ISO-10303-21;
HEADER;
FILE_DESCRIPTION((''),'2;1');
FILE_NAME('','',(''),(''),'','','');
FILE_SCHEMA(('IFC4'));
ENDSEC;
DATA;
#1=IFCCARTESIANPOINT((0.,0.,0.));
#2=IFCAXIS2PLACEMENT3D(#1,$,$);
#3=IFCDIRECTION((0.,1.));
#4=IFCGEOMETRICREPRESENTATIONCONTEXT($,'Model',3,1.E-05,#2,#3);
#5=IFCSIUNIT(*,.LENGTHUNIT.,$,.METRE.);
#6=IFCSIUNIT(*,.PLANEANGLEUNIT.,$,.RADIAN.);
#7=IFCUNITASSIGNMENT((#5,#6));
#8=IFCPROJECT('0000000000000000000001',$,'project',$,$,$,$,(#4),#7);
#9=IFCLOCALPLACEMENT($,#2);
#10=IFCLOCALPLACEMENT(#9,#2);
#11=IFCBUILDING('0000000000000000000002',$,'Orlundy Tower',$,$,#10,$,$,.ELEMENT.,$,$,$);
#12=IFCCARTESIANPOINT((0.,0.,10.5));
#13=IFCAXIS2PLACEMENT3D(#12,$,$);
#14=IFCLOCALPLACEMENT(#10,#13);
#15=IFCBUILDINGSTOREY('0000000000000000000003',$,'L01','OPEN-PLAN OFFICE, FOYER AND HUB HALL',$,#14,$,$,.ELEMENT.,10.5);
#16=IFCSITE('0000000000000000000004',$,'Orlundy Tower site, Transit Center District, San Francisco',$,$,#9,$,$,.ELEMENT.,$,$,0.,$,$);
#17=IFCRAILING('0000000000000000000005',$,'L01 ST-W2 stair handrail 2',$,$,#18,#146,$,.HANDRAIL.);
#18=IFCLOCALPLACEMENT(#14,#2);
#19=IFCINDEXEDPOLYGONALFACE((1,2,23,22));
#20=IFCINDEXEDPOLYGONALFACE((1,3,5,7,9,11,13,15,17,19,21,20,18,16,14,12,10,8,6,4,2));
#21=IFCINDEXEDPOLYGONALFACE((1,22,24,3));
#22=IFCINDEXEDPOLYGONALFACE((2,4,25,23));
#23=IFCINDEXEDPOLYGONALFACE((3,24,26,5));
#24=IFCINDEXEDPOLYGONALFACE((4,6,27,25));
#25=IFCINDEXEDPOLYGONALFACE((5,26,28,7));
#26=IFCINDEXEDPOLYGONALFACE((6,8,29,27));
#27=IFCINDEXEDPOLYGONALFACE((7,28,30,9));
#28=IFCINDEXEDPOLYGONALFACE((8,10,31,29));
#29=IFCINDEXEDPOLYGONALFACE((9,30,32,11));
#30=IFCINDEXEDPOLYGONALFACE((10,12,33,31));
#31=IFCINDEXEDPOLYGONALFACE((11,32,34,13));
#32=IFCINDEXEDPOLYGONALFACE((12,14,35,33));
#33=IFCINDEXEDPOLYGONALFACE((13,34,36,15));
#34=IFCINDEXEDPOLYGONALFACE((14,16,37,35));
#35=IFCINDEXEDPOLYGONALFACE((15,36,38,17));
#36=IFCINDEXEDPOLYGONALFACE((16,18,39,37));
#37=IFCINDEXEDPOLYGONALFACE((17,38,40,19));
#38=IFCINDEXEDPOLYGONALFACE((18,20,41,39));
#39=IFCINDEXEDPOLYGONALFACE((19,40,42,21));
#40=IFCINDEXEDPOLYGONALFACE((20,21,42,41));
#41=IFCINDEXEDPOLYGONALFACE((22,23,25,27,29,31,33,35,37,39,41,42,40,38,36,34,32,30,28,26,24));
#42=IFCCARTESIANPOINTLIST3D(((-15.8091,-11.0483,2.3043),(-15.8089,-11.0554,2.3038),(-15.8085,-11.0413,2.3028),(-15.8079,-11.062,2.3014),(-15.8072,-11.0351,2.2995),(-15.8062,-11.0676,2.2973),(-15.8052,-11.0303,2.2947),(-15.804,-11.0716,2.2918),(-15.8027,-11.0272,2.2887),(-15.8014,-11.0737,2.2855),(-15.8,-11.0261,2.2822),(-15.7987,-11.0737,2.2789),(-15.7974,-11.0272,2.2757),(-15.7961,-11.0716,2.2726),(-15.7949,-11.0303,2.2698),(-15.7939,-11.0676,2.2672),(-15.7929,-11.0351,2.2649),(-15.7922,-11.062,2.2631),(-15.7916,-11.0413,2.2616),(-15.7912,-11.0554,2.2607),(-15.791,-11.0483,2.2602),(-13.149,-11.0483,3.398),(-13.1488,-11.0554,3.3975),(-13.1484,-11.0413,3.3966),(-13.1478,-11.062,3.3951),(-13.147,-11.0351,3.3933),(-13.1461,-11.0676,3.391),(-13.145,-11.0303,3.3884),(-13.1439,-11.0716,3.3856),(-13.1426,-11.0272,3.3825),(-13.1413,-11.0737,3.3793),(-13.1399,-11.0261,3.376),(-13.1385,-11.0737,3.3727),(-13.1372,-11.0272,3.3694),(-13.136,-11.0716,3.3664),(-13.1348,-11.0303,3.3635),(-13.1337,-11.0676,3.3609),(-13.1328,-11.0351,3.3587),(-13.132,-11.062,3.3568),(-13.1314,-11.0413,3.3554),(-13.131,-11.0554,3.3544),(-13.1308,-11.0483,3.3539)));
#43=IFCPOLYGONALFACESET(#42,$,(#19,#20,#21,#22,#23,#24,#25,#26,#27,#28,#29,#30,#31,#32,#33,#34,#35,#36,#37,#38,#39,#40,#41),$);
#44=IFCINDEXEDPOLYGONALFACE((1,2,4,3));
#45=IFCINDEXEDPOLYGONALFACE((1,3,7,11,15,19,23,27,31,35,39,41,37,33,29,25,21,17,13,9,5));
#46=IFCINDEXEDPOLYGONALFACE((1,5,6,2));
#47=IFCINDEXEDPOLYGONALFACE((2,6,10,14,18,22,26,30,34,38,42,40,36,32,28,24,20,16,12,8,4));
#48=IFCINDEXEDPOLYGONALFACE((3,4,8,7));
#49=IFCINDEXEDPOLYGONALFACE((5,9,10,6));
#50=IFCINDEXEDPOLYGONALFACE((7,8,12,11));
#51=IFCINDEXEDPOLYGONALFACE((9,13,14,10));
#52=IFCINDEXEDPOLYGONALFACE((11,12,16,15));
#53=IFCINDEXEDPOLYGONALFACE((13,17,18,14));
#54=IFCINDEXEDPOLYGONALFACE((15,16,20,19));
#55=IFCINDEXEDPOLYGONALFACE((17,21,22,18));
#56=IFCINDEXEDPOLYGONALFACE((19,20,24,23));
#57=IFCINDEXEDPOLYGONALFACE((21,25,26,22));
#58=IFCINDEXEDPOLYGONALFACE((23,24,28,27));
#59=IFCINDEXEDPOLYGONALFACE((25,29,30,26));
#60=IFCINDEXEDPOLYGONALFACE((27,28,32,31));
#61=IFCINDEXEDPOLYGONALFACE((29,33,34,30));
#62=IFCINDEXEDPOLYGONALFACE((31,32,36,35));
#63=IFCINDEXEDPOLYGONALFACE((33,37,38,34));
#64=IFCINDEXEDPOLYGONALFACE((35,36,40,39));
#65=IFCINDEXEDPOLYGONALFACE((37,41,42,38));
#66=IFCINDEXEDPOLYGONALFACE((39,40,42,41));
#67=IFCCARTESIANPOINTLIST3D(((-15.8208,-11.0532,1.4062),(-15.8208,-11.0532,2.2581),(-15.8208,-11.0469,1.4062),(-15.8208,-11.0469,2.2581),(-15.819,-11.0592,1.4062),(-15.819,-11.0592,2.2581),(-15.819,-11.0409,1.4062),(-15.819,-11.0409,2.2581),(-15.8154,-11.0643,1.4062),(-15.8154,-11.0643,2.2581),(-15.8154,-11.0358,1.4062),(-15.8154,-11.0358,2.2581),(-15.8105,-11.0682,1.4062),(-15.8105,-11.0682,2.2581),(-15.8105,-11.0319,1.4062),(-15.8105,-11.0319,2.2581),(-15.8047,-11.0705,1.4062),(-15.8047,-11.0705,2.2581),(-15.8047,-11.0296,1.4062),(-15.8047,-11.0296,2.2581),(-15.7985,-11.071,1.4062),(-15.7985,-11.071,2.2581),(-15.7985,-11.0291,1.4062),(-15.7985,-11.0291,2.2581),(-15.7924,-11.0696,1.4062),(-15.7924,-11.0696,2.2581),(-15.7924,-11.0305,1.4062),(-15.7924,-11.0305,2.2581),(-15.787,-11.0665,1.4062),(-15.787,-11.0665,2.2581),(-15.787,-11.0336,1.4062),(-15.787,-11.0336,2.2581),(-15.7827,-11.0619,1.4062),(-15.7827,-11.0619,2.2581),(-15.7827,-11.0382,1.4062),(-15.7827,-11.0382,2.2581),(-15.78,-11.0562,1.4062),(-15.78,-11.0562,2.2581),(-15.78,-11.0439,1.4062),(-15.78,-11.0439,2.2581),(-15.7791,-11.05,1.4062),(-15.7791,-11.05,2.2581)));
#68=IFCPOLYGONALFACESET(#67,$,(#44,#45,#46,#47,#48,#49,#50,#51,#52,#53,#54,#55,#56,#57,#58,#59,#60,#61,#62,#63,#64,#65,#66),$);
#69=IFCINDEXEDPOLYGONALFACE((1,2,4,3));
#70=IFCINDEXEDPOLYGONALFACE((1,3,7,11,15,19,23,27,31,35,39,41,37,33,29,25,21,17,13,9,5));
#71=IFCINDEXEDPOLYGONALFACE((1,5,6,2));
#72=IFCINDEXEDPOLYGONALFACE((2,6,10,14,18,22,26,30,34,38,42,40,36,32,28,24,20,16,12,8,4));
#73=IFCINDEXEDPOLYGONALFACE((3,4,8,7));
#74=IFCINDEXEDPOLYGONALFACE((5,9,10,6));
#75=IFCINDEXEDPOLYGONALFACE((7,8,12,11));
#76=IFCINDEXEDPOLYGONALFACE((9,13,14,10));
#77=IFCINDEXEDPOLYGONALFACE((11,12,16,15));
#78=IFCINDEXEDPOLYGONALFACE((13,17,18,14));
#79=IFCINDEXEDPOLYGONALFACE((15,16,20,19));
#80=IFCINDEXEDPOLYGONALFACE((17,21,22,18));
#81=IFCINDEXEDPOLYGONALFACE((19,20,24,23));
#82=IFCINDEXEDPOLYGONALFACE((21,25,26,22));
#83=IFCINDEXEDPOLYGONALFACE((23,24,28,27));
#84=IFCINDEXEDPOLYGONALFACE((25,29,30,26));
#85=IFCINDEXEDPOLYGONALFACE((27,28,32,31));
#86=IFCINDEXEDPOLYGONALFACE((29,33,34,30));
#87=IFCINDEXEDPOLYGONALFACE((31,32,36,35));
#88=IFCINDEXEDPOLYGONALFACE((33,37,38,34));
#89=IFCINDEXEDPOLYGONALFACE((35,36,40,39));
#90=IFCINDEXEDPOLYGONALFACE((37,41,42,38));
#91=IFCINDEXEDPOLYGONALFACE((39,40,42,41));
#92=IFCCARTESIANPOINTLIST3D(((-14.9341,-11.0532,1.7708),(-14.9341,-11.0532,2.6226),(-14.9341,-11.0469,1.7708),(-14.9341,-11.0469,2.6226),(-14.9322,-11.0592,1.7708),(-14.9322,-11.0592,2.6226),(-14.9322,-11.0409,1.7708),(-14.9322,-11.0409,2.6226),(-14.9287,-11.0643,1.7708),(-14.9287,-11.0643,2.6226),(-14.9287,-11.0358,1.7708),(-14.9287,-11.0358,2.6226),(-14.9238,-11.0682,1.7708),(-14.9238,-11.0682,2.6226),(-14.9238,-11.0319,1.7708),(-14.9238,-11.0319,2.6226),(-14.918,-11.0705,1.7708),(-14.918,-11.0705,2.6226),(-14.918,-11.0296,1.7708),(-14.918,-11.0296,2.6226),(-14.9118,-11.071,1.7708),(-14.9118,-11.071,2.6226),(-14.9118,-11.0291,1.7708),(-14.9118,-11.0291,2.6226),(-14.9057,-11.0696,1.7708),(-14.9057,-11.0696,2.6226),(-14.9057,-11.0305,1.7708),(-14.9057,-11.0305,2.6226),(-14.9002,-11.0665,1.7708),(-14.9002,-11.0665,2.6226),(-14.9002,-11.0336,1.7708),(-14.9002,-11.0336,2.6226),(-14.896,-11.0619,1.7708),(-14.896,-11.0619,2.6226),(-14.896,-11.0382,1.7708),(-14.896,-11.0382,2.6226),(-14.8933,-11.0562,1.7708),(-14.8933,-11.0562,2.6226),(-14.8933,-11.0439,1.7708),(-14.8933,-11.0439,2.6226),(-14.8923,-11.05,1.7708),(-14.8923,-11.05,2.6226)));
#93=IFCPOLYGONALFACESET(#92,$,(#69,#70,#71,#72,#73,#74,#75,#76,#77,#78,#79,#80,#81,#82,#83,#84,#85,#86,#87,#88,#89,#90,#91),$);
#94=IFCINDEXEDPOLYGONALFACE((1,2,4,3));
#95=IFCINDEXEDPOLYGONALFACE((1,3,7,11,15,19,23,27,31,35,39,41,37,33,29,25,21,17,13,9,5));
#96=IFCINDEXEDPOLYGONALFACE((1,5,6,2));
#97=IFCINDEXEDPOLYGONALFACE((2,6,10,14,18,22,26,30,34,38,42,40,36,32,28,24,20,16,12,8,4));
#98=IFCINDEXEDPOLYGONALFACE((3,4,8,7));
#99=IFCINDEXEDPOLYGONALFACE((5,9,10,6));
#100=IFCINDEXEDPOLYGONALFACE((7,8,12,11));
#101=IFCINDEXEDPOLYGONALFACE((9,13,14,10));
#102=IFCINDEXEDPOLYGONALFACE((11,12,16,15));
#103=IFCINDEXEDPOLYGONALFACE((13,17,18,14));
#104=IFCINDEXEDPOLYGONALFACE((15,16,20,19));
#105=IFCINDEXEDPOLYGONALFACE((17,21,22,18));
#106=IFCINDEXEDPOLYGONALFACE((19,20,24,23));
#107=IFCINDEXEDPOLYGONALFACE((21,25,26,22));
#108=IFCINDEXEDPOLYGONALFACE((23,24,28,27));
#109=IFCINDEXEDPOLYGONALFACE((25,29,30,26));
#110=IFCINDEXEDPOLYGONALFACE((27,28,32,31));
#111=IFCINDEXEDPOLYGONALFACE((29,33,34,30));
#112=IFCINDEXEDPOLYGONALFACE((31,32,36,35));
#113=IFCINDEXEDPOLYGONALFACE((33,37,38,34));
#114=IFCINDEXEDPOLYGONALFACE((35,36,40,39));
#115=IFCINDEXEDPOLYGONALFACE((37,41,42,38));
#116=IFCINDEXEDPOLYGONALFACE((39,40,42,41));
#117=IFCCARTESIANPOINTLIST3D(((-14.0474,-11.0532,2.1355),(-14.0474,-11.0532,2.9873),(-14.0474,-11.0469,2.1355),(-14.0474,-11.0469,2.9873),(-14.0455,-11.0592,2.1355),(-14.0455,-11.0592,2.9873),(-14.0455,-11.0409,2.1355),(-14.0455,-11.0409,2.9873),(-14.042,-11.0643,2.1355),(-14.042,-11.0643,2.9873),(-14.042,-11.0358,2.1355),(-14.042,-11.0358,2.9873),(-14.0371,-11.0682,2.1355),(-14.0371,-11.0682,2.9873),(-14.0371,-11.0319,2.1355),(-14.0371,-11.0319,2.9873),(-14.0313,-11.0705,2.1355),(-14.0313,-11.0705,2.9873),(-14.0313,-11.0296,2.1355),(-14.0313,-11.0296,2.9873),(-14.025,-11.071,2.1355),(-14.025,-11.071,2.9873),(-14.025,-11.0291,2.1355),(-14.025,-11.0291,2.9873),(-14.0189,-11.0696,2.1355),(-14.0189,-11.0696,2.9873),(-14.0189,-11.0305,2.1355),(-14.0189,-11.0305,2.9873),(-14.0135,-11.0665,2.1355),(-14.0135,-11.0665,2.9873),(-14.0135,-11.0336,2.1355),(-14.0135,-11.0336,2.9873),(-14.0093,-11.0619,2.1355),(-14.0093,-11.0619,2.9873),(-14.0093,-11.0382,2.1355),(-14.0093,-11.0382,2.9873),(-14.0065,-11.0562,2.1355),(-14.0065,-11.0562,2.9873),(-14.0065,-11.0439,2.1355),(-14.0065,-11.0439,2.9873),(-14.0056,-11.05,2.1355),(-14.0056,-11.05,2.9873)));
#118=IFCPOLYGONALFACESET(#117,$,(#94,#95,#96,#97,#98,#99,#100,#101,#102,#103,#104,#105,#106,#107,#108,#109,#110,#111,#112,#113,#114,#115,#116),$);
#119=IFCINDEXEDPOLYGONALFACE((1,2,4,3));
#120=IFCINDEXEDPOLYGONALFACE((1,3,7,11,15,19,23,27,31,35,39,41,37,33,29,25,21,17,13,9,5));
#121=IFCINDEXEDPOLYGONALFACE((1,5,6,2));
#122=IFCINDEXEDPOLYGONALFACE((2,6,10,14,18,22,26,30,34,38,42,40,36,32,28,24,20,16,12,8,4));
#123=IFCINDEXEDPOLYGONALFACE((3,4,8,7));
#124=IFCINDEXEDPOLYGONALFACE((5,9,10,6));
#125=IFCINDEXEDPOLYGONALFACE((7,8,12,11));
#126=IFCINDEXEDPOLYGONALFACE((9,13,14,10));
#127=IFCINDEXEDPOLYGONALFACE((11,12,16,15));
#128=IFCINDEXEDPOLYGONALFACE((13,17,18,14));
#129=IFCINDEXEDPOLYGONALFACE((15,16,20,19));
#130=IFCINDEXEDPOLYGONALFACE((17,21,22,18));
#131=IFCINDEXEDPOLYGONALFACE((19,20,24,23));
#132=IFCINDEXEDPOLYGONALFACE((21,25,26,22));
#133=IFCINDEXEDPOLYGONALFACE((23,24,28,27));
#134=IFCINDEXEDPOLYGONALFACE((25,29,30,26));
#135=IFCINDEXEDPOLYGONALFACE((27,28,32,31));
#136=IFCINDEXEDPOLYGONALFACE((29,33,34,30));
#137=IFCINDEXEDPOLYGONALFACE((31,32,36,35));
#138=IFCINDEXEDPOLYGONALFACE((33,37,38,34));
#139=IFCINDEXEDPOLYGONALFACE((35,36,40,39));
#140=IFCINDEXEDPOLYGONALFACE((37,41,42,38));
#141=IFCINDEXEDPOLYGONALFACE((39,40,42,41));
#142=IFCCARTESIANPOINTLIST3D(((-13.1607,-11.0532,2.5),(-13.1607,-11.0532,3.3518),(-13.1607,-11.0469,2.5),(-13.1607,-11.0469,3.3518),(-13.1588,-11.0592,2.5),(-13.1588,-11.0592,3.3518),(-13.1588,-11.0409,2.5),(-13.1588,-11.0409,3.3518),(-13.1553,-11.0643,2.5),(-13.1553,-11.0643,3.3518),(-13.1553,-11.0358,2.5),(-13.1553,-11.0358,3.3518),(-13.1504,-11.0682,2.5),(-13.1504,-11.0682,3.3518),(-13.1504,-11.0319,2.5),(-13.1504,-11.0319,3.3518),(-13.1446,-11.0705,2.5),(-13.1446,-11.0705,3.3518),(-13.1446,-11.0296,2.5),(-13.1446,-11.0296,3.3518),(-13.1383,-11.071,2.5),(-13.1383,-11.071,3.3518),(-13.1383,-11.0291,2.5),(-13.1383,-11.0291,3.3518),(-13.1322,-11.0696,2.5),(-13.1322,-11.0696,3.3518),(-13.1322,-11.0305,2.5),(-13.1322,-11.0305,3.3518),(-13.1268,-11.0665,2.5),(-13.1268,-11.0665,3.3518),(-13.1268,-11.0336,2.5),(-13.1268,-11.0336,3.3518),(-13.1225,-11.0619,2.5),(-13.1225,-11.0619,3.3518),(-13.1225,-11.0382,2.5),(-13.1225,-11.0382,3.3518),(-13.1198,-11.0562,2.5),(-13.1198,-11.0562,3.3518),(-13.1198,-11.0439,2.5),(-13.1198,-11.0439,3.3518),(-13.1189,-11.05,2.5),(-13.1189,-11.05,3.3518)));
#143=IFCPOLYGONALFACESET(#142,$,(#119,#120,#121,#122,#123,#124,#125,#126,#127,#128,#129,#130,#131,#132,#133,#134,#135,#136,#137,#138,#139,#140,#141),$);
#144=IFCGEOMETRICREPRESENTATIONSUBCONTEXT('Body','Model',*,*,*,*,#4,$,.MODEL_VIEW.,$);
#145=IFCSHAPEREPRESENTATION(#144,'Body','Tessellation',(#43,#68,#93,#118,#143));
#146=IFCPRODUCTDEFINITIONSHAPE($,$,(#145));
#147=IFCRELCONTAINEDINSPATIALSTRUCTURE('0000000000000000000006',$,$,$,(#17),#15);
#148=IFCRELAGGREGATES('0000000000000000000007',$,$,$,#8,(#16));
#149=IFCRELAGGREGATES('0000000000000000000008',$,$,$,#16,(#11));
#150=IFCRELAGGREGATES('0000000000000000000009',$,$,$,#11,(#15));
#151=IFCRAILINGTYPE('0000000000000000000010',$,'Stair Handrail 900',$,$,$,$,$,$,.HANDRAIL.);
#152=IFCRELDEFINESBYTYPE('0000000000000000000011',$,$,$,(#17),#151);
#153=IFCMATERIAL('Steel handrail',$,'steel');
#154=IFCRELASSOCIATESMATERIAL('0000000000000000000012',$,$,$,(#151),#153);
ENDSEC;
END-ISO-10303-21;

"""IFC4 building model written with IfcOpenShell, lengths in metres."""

from ifc_helpers import new_model, si_unit, direction, frame, origin, origin_2d, place, context, subcontext, project, spatial, circle, extrude, material, type_object, element, save


model = new_model("IFC4")

# Units and contexts
model_context = context("Model", 3, precision=1e-05, world=origin(), true_north=direction((0.0, 1.0)))
body_context = subcontext(model_context, "Body", "Model", "MODEL_VIEW")
ifc_project = project(units=[si_unit("LENGTHUNIT", "METRE"), si_unit("PLANEANGLEUNIT", "RADIAN")], contexts=[model_context])

# Site, building, storey
site_placement = place(None, origin())
site = spatial("IfcSite", under=ifc_project, at=site_placement, Name="Orlundy Tower site, Transit Center District, San Francisco", CompositionType="ELEMENT", RefElevation=0.0)
building_placement = place(site_placement, origin())
building = spatial("IfcBuilding", under=site, at=building_placement, Name="Orlundy Tower", CompositionType="ELEMENT")
storey_placement = place(building_placement, frame((0.0, 0.0, 10.5)))
storey = spatial("IfcBuildingStorey", under=building, at=storey_placement, Name="L01", Description="OPEN-PLAN OFFICE, FOYER AND HUB HALL", CompositionType="ELEMENT", Elevation=10.5)

# Railing
ifc_material_1 = material(Name="Steel handrail", Category="steel")
railing_type_1 = type_object("IfcRailingType", Name="Stair Handrail 900", PredefinedType="HANDRAIL", material=ifc_material_1)
railing_1_placement = place(storey_placement, frame((-15.8, -11.05, 1.4062)))
element("IfcRailing", 1, at=railing_1_placement, inside=storey, type_object=railing_type_1, Name="L01 ST-W2 stair handrail 2", PredefinedType="HANDRAIL", context=body_context, shape_type="SweptSolid", body=[
    extrude(circle(Radius=0.0239, at=origin_2d()), frame((0.0, 0.0, 0.876), z_axis=(0.924875, 0.0, 0.380272), x_axis=(0.0, 1.0, 0.0)), (0.0, 0.0, 1.0), 2.8762),
    extrude(circle(Radius=0.021, at=origin_2d()), origin(), (0.0, 0.0, 1.0), 0.8518),
    extrude(circle(Radius=0.021, at=origin_2d()), frame((0.8867, 0.0, 0.3645)), (0.0, 0.0, 1.0), 0.8518),
    extrude(circle(Radius=0.021, at=origin_2d()), frame((1.7734, 0.0, 0.7292)), (0.0, 0.0, 1.0), 0.8518),
    extrude(circle(Radius=0.021, at=origin_2d()), frame((2.6602, 0.0, 1.0938)), (0.0, 0.0, 1.0), 0.8518),
])

save(model, "model.ifc")
